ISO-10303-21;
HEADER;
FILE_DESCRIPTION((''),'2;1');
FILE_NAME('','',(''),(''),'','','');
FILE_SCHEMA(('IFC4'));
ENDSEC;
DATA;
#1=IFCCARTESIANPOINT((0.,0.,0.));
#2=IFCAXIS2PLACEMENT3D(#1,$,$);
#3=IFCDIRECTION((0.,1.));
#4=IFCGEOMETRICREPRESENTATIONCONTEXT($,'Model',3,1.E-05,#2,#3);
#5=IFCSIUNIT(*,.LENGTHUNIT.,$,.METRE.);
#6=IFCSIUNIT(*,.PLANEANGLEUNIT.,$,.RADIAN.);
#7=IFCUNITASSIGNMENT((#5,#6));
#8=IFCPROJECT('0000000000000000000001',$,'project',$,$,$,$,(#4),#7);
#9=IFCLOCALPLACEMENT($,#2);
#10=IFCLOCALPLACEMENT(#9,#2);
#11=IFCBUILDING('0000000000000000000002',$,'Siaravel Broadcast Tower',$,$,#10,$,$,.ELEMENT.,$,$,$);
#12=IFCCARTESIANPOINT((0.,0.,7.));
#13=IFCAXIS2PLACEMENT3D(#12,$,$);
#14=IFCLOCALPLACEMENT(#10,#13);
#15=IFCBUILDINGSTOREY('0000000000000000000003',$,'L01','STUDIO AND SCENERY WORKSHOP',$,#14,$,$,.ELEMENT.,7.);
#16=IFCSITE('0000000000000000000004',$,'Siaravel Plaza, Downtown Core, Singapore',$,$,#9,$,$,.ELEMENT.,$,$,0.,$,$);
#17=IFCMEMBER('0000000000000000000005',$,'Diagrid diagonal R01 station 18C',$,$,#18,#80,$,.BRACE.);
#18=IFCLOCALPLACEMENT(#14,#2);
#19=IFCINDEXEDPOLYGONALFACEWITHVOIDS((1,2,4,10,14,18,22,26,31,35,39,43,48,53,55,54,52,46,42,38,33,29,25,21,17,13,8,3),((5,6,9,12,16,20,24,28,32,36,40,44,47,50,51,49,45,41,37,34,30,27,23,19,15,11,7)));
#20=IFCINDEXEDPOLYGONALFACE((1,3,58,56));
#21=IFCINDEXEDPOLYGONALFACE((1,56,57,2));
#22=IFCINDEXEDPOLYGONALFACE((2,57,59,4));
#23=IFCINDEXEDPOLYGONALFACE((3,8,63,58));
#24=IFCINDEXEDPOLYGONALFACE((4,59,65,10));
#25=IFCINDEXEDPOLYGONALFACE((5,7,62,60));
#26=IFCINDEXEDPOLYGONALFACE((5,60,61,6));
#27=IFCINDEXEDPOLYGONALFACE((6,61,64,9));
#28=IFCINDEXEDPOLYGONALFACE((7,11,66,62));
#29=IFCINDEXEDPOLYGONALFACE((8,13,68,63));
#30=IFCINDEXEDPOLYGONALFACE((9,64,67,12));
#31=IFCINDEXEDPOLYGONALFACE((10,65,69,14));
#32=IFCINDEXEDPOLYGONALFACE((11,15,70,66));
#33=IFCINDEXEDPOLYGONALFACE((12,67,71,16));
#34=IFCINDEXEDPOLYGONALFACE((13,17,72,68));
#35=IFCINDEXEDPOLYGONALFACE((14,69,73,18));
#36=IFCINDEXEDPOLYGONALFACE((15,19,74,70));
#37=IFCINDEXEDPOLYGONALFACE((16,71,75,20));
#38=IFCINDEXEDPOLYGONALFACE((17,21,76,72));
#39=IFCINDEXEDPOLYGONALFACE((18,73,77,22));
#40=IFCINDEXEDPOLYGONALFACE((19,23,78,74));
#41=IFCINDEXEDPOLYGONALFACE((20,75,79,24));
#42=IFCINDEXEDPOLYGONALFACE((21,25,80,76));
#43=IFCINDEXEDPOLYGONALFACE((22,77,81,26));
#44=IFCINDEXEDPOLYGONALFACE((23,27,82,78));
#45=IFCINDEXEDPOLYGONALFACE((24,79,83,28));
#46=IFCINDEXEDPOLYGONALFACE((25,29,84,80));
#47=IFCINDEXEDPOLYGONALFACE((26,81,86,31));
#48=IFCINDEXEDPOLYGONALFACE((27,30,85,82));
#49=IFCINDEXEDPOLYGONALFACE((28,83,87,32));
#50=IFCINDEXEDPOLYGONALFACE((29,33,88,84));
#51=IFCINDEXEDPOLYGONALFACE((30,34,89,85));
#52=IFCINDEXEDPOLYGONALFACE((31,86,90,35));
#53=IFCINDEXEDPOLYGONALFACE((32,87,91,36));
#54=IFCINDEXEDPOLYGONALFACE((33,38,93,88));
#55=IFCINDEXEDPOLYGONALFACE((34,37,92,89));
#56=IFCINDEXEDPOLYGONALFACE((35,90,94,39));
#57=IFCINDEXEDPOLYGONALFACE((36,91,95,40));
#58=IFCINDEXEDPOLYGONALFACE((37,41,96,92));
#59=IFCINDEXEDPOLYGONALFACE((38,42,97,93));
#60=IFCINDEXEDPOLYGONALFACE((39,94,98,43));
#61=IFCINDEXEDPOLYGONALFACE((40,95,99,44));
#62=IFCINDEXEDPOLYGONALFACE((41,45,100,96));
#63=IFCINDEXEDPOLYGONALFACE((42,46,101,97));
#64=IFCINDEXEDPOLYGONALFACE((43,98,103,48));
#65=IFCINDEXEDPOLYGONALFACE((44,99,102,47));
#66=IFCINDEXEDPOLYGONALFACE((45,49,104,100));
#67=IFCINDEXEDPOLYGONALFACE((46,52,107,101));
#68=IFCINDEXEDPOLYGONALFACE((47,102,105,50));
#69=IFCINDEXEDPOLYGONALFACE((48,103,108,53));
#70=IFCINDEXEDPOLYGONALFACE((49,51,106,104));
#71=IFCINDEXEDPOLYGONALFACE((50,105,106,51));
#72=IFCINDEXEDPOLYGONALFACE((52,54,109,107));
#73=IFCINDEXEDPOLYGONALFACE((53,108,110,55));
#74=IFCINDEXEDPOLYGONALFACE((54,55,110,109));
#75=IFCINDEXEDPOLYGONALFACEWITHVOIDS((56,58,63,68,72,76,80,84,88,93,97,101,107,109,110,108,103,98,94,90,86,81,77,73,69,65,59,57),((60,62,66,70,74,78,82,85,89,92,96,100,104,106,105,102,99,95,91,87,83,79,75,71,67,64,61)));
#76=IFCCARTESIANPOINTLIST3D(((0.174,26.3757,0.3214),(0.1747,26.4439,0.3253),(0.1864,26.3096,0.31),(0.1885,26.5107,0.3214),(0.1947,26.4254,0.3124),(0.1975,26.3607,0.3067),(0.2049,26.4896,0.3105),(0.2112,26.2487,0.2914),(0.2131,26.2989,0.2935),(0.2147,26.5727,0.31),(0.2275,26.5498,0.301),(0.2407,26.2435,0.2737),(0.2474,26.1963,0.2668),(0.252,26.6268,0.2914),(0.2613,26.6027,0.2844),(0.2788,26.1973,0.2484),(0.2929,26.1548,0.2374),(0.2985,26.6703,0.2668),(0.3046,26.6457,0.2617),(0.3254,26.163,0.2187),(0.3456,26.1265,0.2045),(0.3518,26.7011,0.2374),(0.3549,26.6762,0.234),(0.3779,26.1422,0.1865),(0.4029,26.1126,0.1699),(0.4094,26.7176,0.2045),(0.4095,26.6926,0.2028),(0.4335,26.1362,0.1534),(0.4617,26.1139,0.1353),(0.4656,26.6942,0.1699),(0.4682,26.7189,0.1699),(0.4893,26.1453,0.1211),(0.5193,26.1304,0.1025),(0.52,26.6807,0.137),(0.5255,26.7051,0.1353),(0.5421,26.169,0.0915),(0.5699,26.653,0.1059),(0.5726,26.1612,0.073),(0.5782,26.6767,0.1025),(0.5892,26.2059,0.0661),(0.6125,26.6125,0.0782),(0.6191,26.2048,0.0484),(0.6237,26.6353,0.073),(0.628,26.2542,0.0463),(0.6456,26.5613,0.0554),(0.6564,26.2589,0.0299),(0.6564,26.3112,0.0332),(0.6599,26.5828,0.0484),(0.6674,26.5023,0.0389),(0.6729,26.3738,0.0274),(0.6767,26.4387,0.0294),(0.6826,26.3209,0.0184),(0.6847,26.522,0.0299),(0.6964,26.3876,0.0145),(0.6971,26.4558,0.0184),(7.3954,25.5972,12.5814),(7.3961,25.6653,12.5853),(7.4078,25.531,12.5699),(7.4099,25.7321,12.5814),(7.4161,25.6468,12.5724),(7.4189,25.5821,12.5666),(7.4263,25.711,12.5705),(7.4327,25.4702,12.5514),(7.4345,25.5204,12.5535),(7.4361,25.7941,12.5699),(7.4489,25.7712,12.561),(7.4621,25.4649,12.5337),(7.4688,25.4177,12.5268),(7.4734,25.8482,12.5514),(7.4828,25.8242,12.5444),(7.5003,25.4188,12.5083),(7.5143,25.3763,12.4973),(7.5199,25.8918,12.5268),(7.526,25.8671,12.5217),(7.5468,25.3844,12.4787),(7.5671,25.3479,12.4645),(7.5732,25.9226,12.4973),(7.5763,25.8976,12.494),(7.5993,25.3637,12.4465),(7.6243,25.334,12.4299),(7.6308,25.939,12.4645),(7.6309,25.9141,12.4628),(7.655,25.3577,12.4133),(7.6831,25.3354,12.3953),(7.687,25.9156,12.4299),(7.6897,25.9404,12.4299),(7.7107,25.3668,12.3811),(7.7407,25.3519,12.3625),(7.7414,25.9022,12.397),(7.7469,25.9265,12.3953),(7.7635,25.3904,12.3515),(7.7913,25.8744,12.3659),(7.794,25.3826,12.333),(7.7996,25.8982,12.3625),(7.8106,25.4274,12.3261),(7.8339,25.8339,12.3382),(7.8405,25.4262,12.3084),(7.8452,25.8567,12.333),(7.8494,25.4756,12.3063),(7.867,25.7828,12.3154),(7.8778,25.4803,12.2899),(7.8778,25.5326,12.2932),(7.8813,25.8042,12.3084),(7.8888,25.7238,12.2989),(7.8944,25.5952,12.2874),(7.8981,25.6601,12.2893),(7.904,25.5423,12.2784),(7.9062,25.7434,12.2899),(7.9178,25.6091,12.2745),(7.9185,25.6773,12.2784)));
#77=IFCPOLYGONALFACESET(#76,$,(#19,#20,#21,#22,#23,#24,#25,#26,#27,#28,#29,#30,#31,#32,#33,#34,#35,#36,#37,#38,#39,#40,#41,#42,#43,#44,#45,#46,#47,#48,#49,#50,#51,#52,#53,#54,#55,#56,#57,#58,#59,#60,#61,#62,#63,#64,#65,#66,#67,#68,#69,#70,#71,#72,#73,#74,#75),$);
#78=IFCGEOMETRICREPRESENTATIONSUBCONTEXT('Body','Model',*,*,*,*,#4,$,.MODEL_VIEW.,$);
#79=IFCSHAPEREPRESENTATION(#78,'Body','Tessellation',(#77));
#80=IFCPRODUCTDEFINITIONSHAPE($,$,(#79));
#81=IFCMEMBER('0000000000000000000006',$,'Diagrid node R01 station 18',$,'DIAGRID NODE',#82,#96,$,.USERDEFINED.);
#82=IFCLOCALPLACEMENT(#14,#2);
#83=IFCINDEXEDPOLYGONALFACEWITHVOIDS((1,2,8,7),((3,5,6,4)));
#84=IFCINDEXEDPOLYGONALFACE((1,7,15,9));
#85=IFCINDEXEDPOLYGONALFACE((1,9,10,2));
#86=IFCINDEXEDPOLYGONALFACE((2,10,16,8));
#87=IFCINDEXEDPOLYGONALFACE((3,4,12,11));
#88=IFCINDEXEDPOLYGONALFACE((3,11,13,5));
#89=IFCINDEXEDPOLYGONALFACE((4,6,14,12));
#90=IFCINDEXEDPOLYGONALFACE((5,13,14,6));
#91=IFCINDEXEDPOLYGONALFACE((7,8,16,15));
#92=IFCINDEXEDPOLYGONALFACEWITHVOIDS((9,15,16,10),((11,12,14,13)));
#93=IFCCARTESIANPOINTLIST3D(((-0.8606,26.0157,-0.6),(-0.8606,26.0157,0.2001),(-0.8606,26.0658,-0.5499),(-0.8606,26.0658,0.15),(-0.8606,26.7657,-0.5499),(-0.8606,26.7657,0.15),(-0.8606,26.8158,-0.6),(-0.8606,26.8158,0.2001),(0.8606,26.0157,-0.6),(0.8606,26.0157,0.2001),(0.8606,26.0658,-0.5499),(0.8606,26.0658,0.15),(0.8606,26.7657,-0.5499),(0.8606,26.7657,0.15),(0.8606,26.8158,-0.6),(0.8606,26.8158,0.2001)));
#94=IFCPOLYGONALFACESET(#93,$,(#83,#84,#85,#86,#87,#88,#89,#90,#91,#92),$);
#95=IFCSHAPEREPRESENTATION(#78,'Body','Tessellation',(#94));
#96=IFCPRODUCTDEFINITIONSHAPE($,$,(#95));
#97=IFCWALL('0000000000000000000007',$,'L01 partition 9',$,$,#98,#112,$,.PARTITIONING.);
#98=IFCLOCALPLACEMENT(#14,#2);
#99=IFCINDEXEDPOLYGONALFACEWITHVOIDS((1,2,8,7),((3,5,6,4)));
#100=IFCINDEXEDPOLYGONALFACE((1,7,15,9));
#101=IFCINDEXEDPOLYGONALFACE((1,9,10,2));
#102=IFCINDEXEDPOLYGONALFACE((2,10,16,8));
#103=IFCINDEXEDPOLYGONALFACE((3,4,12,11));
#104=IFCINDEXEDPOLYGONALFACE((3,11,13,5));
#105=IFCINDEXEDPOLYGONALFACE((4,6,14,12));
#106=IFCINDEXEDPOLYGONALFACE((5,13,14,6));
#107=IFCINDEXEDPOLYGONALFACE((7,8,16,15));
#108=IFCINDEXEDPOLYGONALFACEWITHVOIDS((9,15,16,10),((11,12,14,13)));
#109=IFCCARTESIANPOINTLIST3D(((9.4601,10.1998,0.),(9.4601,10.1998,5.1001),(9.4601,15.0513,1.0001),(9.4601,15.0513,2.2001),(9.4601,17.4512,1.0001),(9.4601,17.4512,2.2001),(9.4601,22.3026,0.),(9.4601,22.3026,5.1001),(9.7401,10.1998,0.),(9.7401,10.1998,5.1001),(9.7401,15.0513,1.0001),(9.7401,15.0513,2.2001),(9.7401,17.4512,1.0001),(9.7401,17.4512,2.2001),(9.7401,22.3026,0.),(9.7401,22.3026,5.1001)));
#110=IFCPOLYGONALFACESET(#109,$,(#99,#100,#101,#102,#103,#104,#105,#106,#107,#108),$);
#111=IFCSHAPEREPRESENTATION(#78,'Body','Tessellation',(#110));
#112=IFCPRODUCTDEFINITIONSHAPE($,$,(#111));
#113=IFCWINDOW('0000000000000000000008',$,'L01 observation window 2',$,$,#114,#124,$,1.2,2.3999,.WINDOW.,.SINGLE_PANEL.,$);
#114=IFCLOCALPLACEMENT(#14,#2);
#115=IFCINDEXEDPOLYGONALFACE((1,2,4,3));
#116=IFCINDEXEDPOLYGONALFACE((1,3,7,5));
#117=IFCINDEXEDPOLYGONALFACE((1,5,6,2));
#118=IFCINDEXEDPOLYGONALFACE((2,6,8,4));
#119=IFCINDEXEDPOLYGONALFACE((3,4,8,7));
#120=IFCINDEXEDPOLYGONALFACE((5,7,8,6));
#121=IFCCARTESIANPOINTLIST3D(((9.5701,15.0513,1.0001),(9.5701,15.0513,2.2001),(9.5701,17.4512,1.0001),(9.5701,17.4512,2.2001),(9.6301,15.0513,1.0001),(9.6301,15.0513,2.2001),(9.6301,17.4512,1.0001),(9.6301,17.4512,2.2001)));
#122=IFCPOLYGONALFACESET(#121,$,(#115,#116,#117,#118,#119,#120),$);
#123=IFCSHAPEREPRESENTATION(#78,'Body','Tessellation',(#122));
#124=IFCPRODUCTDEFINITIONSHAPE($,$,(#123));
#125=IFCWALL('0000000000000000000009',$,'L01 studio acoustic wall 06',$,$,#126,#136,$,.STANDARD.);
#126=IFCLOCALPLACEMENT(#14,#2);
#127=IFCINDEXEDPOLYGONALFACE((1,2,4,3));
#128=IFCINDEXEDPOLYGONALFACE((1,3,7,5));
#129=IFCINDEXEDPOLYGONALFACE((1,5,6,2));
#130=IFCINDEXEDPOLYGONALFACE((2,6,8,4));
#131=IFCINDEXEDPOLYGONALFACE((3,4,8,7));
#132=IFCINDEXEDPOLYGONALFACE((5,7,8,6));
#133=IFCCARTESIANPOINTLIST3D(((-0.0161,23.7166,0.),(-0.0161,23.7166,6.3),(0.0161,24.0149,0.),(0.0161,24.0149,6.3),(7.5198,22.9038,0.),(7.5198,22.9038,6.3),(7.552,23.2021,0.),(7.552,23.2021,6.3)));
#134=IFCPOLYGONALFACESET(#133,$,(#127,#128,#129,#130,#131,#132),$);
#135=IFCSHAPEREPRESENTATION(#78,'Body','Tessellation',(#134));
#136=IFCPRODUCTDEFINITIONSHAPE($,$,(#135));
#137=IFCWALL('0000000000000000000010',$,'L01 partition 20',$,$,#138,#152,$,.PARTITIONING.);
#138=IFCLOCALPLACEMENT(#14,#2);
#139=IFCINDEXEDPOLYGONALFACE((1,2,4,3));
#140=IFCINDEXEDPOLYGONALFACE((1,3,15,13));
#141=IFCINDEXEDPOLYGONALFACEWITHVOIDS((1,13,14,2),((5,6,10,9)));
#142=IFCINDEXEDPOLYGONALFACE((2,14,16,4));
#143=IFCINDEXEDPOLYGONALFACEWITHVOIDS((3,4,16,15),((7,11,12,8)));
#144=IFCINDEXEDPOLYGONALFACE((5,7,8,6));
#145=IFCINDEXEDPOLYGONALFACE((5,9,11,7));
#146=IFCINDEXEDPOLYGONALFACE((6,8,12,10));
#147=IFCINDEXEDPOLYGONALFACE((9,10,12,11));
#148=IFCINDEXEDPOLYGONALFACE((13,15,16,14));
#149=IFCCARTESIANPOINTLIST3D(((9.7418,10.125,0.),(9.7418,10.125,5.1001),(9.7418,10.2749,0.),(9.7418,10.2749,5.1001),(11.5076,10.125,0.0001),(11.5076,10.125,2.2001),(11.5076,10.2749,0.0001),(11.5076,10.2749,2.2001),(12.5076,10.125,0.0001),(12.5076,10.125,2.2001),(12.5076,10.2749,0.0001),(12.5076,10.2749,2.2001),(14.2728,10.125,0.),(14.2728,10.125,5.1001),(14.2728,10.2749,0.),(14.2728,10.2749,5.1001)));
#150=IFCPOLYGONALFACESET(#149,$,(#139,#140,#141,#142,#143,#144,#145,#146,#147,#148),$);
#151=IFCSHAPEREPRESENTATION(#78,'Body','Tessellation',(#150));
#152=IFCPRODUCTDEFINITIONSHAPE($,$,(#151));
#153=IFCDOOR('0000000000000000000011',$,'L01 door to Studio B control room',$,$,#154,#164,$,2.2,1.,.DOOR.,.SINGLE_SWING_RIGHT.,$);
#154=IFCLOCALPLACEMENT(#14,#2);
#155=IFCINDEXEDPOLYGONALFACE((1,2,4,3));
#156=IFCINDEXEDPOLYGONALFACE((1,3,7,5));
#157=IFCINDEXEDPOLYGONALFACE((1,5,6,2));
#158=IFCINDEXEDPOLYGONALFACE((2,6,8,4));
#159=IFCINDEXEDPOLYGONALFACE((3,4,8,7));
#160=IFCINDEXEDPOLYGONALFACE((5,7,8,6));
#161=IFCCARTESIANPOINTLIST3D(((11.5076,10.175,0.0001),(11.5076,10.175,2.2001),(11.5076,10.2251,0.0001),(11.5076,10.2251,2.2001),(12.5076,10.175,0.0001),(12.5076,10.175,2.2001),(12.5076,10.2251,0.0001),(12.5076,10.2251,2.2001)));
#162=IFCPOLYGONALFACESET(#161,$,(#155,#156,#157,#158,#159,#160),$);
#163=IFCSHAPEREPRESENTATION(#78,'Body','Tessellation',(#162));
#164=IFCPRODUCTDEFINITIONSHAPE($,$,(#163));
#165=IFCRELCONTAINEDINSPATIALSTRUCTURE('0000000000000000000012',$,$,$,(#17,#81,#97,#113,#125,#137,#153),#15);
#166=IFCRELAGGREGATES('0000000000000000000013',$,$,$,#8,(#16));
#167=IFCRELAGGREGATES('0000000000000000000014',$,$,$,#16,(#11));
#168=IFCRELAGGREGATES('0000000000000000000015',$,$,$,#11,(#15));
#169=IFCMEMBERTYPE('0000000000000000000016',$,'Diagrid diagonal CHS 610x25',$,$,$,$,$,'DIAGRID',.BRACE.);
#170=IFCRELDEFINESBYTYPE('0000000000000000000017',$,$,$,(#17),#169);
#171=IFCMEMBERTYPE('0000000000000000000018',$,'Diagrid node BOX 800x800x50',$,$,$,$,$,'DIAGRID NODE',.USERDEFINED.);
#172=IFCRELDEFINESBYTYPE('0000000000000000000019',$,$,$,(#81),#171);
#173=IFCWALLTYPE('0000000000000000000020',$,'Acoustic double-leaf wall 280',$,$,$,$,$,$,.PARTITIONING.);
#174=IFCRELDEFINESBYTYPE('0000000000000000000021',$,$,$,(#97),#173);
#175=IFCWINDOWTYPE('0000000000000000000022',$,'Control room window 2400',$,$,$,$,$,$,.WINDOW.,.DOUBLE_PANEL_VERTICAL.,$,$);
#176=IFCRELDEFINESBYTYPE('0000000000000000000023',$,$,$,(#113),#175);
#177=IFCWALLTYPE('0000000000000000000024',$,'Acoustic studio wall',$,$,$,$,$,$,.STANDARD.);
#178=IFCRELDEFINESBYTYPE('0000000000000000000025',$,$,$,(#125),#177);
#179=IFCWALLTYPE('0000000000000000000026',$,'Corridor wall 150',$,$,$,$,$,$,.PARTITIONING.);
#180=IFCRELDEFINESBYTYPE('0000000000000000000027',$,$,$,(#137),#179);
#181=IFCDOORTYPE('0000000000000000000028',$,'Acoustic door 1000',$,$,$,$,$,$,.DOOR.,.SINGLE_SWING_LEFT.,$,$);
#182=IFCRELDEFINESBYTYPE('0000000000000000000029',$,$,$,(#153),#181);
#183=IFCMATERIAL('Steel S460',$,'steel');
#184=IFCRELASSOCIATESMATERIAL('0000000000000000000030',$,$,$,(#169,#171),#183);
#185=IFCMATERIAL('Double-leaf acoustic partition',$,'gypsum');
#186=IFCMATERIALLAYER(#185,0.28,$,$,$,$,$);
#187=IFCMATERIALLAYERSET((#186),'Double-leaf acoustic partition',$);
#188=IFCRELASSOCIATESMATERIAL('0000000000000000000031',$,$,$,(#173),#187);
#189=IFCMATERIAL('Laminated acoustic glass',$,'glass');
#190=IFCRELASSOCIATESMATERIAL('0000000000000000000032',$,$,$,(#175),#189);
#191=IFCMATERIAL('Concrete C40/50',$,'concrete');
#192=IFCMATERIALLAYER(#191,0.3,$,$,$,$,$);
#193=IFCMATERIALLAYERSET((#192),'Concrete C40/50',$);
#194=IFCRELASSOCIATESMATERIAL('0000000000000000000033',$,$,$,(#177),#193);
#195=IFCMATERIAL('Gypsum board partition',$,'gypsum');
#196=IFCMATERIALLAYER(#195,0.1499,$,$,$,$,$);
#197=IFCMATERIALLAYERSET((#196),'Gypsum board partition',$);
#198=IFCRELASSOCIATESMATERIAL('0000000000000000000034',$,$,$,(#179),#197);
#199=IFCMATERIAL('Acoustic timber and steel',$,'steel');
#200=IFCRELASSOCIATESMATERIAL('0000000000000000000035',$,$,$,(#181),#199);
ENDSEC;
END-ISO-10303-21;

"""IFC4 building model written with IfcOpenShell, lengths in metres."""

from ifc_helpers import new_model, si_unit, direction, frame, frame_2d, origin, origin_2d, place, context, subcontext, project, spatial, rectangle, hollow_rectangle, hollow_circle, extrude, material, layer, layer_set, material_profile, profile_set, type_object, element, fill, save


model = new_model("IFC4")

# Units and contexts
model_context = context("Model", 3, precision=1e-05, world=origin(), true_north=direction((0.0, 1.0)))
body_context = subcontext(model_context, "Body", "Model", "MODEL_VIEW")
ifc_project = project(units=[si_unit("LENGTHUNIT", "METRE"), si_unit("PLANEANGLEUNIT", "RADIAN")], contexts=[model_context])

# Site, building, storey
site_placement = place(None, origin())
site = spatial("IfcSite", under=ifc_project, at=site_placement, Name="Siaravel Plaza, Downtown Core, Singapore", CompositionType="ELEMENT", RefElevation=0.0)
building_placement = place(site_placement, origin())
building = spatial("IfcBuilding", under=site, at=building_placement, Name="Siaravel Broadcast Tower", CompositionType="ELEMENT")
storey_placement = place(building_placement, frame((0.0, 0.0, 7.0)))
storey = spatial("IfcBuildingStorey", under=building, at=storey_placement, Name="L01", Description="STUDIO AND SCENERY WORKSHOP", CompositionType="ELEMENT", Elevation=7.0)

# Members
ifc_material_1 = material(Name="Steel S460", Category="steel")
ifc_material_profile_1 = material_profile(ifc_material_1, hollow_circle(Radius=0.3049, WallThickness=0.0249, at=origin_2d()))
ifc_profile_set_1 = profile_set([ifc_material_profile_1], Name="Steel S460")
member_type_1 = type_object("IfcMemberType", Name="Diagrid diagonal CHS 610x25", ElementType="DIAGRID", PredefinedType="BRACE", material=ifc_profile_set_1)
member_1_placement = place(storey_placement, frame((0.4355, 26.4158, 0.1699), z_axis=(0.506767, -0.054636, 0.86035), x_axis=(0.107192, 0.994238, 0.0)))
element("IfcMember", 1, at=member_1_placement, inside=storey, type_object=member_type_1, Name="Diagrid diagonal R01 station 18C", PredefinedType="BRACE", context=body_context, shape_type="SweptSolid", body=[
    extrude(hollow_circle(Radius=0.3049, WallThickness=0.0249, at=origin_2d()), origin(), (0.0, 0.0, 1.0), 14.25),
])
ifc_material_profile_2 = material_profile(ifc_material_1, hollow_rectangle(XDim=0.8, YDim=0.8, WallThickness=0.05, at=origin_2d()))
ifc_profile_set_2 = profile_set([ifc_material_profile_2], Name="Steel S460")
member_type_2 = type_object("IfcMemberType", Name="Diagrid node BOX 800x800x50", ElementType="DIAGRID NODE", PredefinedType="USERDEFINED", material=ifc_profile_set_2)
member_2_placement = place(storey_placement, frame((0.8606, 26.4158, -0.2), z_axis=(-1.0, 0.0, 0.0), x_axis=(0.0, -1.0, 0.0)))
element("IfcMember", 2, at=member_2_placement, inside=storey, type_object=member_type_2, Name="Diagrid node R01 station 18", ObjectType="DIAGRID NODE", PredefinedType="USERDEFINED", context=body_context, shape_type="SweptSolid", body=[
    extrude(hollow_rectangle(XDim=0.8, YDim=0.8, WallThickness=0.05, at=origin_2d()), origin(), (0.0, 0.0, 1.0), 1.7212),
])

# Wall, opening, window
ifc_material_2 = material(Name="Double-leaf acoustic partition", Category="gypsum")
ifc_layer_1 = layer(ifc_material_2, 0.28)
ifc_layer_set_1 = layer_set([ifc_layer_1], Name="Double-leaf acoustic partition")
wall_type_1 = type_object("IfcWallType", Name="Acoustic double-leaf wall 280", PredefinedType="PARTITIONING", material=ifc_layer_set_1)
wall_1_placement = place(storey_placement, frame((9.6001, 10.2, 0.0), z_axis=(0.0, 0.0, 1.0), x_axis=(0.0, 1.0, 0.0)))
wall_1 = element("IfcWall", 3, at=wall_1_placement, inside=storey, type_object=wall_type_1, Name="L01 partition 9", PredefinedType="PARTITIONING", context=body_context, shape_type="SweptSolid", body=[
    extrude(rectangle(XDim=12.1028, YDim=0.28, at=frame_2d((6.0513, 0.0))), origin(), (0.0, 0.0, 1.0), 5.1001),
])
opening_1_placement = place(wall_1_placement, frame((4.8513, 0.0, 1.0)))
opening_1 = element("IfcOpeningElement", 4, at=opening_1_placement, cuts=wall_1, PredefinedType="OPENING", context=body_context, shape_type="SweptSolid", body=[
    extrude(rectangle(XDim=2.3999, YDim=1.2, at=frame_2d((1.2, 0.6001))), frame((0.0, 0.1499, 0.0), z_axis=(0.0, -1.0, 0.0), x_axis=(1.0, 0.0, 0.0)), (0.0, 0.0, 1.0), 0.3),
])
ifc_material_3 = material(Name="Laminated acoustic glass", Category="glass")
window_type = type_object("IfcWindowType", Name="Control room window 2400", PartitioningType="DOUBLE_PANEL_VERTICAL", PredefinedType="WINDOW", material=ifc_material_3)
window_placement = place(opening_1_placement, origin())
window = element("IfcWindow", 5, at=window_placement, inside=storey, type_object=window_type, Name="L01 observation window 2", OverallHeight=1.2, OverallWidth=2.3999, PartitioningType="SINGLE_PANEL", PredefinedType="WINDOW", context=body_context, shape_type="SweptSolid", body=[
    extrude(rectangle(XDim=2.3999, YDim=1.2, at=frame_2d((1.2, 0.6001))), frame((0.0, 0.03, 0.0), z_axis=(0.0, -1.0, 0.0), x_axis=(1.0, 0.0, 0.0)), (0.0, 0.0, 1.0), 0.0601),
])
fill(opening_1, window)

# Wall
ifc_material_4 = material(Name="Concrete C40/50", Category="concrete")
ifc_layer_2 = layer(ifc_material_4, 0.3)
ifc_layer_set_2 = layer_set([ifc_layer_2], Name="Concrete C40/50")
wall_type_2 = type_object("IfcWallType", Name="Acoustic studio wall", PredefinedType="STANDARD", material=ifc_layer_set_2)
wall_2_placement = place(storey_placement, frame((7.5359, 23.053, 0.0), z_axis=(0.0, 0.0, 1.0), x_axis=(-0.994234, 0.107228, 0.0)))
element("IfcWall", 6, at=wall_2_placement, inside=storey, type_object=wall_type_2, Name="L01 studio acoustic wall 06", PredefinedType="STANDARD", context=body_context, shape_type="SweptSolid", body=[
    extrude(rectangle(XDim=7.5796, YDim=0.3, at=frame_2d((3.7898, 0.0))), origin(), (0.0, 0.0, 1.0), 6.3),
])

# Wall, opening, door
ifc_material_5 = material(Name="Gypsum board partition", Category="gypsum")
ifc_layer_3 = layer(ifc_material_5, 0.1499)
ifc_layer_set_3 = layer_set([ifc_layer_3], Name="Gypsum board partition")
wall_type_3 = type_object("IfcWallType", Name="Corridor wall 150", PredefinedType="PARTITIONING", material=ifc_layer_set_3)
wall_3_placement = place(storey_placement, frame((14.2729, 10.2, 0.0), z_axis=(0.0, 0.0, 1.0), x_axis=(-1.0, 0.0, 0.0)))
wall_3 = element("IfcWall", 7, at=wall_3_placement, inside=storey, type_object=wall_type_3, Name="L01 partition 20", PredefinedType="PARTITIONING", context=body_context, shape_type="SweptSolid", body=[
    extrude(rectangle(XDim=4.531, YDim=0.1499, at=frame_2d((2.2656, 0.0))), origin(), (0.0, 0.0, 1.0), 5.1001),
])
opening_2_placement = place(wall_3_placement, frame((1.7654, 0.0, 0.0)))
opening_2 = element("IfcOpeningElement", 8, at=opening_2_placement, cuts=wall_3, PredefinedType="OPENING", context=body_context, shape_type="SweptSolid", body=[
    extrude(rectangle(XDim=1.0, YDim=2.2, at=frame_2d((0.5, 1.1001))), frame((0.0, 0.085, 0.0), z_axis=(0.0, -1.0, 0.0), x_axis=(1.0, 0.0, 0.0)), (0.0, 0.0, 1.0), 0.1699),
])
ifc_material_6 = material(Name="Acoustic timber and steel", Category="steel")
door_type_1 = type_object("IfcDoorType", Name="Acoustic door 1000", OperationType="SINGLE_SWING_LEFT", PredefinedType="DOOR", material=ifc_material_6)
door_1_placement = place(opening_2_placement, origin())
door_1 = element("IfcDoor", 9, at=door_1_placement, inside=storey, type_object=door_type_1, Name="L01 door to Studio B control room", OperationType="SINGLE_SWING_RIGHT", OverallHeight=2.2, OverallWidth=1.0, PredefinedType="DOOR", context=body_context, shape_type="SweptSolid", body=[
    extrude(rectangle(XDim=1.0, YDim=2.2, at=frame_2d((0.5, 1.1001))), frame((0.0, 0.0249, 0.0), z_axis=(0.0, -1.0, 0.0), x_axis=(1.0, 0.0, 0.0)), (0.0, 0.0, 1.0), 0.05),
])
fill(opening_2, door_1)

save(model, "model.ifc")
